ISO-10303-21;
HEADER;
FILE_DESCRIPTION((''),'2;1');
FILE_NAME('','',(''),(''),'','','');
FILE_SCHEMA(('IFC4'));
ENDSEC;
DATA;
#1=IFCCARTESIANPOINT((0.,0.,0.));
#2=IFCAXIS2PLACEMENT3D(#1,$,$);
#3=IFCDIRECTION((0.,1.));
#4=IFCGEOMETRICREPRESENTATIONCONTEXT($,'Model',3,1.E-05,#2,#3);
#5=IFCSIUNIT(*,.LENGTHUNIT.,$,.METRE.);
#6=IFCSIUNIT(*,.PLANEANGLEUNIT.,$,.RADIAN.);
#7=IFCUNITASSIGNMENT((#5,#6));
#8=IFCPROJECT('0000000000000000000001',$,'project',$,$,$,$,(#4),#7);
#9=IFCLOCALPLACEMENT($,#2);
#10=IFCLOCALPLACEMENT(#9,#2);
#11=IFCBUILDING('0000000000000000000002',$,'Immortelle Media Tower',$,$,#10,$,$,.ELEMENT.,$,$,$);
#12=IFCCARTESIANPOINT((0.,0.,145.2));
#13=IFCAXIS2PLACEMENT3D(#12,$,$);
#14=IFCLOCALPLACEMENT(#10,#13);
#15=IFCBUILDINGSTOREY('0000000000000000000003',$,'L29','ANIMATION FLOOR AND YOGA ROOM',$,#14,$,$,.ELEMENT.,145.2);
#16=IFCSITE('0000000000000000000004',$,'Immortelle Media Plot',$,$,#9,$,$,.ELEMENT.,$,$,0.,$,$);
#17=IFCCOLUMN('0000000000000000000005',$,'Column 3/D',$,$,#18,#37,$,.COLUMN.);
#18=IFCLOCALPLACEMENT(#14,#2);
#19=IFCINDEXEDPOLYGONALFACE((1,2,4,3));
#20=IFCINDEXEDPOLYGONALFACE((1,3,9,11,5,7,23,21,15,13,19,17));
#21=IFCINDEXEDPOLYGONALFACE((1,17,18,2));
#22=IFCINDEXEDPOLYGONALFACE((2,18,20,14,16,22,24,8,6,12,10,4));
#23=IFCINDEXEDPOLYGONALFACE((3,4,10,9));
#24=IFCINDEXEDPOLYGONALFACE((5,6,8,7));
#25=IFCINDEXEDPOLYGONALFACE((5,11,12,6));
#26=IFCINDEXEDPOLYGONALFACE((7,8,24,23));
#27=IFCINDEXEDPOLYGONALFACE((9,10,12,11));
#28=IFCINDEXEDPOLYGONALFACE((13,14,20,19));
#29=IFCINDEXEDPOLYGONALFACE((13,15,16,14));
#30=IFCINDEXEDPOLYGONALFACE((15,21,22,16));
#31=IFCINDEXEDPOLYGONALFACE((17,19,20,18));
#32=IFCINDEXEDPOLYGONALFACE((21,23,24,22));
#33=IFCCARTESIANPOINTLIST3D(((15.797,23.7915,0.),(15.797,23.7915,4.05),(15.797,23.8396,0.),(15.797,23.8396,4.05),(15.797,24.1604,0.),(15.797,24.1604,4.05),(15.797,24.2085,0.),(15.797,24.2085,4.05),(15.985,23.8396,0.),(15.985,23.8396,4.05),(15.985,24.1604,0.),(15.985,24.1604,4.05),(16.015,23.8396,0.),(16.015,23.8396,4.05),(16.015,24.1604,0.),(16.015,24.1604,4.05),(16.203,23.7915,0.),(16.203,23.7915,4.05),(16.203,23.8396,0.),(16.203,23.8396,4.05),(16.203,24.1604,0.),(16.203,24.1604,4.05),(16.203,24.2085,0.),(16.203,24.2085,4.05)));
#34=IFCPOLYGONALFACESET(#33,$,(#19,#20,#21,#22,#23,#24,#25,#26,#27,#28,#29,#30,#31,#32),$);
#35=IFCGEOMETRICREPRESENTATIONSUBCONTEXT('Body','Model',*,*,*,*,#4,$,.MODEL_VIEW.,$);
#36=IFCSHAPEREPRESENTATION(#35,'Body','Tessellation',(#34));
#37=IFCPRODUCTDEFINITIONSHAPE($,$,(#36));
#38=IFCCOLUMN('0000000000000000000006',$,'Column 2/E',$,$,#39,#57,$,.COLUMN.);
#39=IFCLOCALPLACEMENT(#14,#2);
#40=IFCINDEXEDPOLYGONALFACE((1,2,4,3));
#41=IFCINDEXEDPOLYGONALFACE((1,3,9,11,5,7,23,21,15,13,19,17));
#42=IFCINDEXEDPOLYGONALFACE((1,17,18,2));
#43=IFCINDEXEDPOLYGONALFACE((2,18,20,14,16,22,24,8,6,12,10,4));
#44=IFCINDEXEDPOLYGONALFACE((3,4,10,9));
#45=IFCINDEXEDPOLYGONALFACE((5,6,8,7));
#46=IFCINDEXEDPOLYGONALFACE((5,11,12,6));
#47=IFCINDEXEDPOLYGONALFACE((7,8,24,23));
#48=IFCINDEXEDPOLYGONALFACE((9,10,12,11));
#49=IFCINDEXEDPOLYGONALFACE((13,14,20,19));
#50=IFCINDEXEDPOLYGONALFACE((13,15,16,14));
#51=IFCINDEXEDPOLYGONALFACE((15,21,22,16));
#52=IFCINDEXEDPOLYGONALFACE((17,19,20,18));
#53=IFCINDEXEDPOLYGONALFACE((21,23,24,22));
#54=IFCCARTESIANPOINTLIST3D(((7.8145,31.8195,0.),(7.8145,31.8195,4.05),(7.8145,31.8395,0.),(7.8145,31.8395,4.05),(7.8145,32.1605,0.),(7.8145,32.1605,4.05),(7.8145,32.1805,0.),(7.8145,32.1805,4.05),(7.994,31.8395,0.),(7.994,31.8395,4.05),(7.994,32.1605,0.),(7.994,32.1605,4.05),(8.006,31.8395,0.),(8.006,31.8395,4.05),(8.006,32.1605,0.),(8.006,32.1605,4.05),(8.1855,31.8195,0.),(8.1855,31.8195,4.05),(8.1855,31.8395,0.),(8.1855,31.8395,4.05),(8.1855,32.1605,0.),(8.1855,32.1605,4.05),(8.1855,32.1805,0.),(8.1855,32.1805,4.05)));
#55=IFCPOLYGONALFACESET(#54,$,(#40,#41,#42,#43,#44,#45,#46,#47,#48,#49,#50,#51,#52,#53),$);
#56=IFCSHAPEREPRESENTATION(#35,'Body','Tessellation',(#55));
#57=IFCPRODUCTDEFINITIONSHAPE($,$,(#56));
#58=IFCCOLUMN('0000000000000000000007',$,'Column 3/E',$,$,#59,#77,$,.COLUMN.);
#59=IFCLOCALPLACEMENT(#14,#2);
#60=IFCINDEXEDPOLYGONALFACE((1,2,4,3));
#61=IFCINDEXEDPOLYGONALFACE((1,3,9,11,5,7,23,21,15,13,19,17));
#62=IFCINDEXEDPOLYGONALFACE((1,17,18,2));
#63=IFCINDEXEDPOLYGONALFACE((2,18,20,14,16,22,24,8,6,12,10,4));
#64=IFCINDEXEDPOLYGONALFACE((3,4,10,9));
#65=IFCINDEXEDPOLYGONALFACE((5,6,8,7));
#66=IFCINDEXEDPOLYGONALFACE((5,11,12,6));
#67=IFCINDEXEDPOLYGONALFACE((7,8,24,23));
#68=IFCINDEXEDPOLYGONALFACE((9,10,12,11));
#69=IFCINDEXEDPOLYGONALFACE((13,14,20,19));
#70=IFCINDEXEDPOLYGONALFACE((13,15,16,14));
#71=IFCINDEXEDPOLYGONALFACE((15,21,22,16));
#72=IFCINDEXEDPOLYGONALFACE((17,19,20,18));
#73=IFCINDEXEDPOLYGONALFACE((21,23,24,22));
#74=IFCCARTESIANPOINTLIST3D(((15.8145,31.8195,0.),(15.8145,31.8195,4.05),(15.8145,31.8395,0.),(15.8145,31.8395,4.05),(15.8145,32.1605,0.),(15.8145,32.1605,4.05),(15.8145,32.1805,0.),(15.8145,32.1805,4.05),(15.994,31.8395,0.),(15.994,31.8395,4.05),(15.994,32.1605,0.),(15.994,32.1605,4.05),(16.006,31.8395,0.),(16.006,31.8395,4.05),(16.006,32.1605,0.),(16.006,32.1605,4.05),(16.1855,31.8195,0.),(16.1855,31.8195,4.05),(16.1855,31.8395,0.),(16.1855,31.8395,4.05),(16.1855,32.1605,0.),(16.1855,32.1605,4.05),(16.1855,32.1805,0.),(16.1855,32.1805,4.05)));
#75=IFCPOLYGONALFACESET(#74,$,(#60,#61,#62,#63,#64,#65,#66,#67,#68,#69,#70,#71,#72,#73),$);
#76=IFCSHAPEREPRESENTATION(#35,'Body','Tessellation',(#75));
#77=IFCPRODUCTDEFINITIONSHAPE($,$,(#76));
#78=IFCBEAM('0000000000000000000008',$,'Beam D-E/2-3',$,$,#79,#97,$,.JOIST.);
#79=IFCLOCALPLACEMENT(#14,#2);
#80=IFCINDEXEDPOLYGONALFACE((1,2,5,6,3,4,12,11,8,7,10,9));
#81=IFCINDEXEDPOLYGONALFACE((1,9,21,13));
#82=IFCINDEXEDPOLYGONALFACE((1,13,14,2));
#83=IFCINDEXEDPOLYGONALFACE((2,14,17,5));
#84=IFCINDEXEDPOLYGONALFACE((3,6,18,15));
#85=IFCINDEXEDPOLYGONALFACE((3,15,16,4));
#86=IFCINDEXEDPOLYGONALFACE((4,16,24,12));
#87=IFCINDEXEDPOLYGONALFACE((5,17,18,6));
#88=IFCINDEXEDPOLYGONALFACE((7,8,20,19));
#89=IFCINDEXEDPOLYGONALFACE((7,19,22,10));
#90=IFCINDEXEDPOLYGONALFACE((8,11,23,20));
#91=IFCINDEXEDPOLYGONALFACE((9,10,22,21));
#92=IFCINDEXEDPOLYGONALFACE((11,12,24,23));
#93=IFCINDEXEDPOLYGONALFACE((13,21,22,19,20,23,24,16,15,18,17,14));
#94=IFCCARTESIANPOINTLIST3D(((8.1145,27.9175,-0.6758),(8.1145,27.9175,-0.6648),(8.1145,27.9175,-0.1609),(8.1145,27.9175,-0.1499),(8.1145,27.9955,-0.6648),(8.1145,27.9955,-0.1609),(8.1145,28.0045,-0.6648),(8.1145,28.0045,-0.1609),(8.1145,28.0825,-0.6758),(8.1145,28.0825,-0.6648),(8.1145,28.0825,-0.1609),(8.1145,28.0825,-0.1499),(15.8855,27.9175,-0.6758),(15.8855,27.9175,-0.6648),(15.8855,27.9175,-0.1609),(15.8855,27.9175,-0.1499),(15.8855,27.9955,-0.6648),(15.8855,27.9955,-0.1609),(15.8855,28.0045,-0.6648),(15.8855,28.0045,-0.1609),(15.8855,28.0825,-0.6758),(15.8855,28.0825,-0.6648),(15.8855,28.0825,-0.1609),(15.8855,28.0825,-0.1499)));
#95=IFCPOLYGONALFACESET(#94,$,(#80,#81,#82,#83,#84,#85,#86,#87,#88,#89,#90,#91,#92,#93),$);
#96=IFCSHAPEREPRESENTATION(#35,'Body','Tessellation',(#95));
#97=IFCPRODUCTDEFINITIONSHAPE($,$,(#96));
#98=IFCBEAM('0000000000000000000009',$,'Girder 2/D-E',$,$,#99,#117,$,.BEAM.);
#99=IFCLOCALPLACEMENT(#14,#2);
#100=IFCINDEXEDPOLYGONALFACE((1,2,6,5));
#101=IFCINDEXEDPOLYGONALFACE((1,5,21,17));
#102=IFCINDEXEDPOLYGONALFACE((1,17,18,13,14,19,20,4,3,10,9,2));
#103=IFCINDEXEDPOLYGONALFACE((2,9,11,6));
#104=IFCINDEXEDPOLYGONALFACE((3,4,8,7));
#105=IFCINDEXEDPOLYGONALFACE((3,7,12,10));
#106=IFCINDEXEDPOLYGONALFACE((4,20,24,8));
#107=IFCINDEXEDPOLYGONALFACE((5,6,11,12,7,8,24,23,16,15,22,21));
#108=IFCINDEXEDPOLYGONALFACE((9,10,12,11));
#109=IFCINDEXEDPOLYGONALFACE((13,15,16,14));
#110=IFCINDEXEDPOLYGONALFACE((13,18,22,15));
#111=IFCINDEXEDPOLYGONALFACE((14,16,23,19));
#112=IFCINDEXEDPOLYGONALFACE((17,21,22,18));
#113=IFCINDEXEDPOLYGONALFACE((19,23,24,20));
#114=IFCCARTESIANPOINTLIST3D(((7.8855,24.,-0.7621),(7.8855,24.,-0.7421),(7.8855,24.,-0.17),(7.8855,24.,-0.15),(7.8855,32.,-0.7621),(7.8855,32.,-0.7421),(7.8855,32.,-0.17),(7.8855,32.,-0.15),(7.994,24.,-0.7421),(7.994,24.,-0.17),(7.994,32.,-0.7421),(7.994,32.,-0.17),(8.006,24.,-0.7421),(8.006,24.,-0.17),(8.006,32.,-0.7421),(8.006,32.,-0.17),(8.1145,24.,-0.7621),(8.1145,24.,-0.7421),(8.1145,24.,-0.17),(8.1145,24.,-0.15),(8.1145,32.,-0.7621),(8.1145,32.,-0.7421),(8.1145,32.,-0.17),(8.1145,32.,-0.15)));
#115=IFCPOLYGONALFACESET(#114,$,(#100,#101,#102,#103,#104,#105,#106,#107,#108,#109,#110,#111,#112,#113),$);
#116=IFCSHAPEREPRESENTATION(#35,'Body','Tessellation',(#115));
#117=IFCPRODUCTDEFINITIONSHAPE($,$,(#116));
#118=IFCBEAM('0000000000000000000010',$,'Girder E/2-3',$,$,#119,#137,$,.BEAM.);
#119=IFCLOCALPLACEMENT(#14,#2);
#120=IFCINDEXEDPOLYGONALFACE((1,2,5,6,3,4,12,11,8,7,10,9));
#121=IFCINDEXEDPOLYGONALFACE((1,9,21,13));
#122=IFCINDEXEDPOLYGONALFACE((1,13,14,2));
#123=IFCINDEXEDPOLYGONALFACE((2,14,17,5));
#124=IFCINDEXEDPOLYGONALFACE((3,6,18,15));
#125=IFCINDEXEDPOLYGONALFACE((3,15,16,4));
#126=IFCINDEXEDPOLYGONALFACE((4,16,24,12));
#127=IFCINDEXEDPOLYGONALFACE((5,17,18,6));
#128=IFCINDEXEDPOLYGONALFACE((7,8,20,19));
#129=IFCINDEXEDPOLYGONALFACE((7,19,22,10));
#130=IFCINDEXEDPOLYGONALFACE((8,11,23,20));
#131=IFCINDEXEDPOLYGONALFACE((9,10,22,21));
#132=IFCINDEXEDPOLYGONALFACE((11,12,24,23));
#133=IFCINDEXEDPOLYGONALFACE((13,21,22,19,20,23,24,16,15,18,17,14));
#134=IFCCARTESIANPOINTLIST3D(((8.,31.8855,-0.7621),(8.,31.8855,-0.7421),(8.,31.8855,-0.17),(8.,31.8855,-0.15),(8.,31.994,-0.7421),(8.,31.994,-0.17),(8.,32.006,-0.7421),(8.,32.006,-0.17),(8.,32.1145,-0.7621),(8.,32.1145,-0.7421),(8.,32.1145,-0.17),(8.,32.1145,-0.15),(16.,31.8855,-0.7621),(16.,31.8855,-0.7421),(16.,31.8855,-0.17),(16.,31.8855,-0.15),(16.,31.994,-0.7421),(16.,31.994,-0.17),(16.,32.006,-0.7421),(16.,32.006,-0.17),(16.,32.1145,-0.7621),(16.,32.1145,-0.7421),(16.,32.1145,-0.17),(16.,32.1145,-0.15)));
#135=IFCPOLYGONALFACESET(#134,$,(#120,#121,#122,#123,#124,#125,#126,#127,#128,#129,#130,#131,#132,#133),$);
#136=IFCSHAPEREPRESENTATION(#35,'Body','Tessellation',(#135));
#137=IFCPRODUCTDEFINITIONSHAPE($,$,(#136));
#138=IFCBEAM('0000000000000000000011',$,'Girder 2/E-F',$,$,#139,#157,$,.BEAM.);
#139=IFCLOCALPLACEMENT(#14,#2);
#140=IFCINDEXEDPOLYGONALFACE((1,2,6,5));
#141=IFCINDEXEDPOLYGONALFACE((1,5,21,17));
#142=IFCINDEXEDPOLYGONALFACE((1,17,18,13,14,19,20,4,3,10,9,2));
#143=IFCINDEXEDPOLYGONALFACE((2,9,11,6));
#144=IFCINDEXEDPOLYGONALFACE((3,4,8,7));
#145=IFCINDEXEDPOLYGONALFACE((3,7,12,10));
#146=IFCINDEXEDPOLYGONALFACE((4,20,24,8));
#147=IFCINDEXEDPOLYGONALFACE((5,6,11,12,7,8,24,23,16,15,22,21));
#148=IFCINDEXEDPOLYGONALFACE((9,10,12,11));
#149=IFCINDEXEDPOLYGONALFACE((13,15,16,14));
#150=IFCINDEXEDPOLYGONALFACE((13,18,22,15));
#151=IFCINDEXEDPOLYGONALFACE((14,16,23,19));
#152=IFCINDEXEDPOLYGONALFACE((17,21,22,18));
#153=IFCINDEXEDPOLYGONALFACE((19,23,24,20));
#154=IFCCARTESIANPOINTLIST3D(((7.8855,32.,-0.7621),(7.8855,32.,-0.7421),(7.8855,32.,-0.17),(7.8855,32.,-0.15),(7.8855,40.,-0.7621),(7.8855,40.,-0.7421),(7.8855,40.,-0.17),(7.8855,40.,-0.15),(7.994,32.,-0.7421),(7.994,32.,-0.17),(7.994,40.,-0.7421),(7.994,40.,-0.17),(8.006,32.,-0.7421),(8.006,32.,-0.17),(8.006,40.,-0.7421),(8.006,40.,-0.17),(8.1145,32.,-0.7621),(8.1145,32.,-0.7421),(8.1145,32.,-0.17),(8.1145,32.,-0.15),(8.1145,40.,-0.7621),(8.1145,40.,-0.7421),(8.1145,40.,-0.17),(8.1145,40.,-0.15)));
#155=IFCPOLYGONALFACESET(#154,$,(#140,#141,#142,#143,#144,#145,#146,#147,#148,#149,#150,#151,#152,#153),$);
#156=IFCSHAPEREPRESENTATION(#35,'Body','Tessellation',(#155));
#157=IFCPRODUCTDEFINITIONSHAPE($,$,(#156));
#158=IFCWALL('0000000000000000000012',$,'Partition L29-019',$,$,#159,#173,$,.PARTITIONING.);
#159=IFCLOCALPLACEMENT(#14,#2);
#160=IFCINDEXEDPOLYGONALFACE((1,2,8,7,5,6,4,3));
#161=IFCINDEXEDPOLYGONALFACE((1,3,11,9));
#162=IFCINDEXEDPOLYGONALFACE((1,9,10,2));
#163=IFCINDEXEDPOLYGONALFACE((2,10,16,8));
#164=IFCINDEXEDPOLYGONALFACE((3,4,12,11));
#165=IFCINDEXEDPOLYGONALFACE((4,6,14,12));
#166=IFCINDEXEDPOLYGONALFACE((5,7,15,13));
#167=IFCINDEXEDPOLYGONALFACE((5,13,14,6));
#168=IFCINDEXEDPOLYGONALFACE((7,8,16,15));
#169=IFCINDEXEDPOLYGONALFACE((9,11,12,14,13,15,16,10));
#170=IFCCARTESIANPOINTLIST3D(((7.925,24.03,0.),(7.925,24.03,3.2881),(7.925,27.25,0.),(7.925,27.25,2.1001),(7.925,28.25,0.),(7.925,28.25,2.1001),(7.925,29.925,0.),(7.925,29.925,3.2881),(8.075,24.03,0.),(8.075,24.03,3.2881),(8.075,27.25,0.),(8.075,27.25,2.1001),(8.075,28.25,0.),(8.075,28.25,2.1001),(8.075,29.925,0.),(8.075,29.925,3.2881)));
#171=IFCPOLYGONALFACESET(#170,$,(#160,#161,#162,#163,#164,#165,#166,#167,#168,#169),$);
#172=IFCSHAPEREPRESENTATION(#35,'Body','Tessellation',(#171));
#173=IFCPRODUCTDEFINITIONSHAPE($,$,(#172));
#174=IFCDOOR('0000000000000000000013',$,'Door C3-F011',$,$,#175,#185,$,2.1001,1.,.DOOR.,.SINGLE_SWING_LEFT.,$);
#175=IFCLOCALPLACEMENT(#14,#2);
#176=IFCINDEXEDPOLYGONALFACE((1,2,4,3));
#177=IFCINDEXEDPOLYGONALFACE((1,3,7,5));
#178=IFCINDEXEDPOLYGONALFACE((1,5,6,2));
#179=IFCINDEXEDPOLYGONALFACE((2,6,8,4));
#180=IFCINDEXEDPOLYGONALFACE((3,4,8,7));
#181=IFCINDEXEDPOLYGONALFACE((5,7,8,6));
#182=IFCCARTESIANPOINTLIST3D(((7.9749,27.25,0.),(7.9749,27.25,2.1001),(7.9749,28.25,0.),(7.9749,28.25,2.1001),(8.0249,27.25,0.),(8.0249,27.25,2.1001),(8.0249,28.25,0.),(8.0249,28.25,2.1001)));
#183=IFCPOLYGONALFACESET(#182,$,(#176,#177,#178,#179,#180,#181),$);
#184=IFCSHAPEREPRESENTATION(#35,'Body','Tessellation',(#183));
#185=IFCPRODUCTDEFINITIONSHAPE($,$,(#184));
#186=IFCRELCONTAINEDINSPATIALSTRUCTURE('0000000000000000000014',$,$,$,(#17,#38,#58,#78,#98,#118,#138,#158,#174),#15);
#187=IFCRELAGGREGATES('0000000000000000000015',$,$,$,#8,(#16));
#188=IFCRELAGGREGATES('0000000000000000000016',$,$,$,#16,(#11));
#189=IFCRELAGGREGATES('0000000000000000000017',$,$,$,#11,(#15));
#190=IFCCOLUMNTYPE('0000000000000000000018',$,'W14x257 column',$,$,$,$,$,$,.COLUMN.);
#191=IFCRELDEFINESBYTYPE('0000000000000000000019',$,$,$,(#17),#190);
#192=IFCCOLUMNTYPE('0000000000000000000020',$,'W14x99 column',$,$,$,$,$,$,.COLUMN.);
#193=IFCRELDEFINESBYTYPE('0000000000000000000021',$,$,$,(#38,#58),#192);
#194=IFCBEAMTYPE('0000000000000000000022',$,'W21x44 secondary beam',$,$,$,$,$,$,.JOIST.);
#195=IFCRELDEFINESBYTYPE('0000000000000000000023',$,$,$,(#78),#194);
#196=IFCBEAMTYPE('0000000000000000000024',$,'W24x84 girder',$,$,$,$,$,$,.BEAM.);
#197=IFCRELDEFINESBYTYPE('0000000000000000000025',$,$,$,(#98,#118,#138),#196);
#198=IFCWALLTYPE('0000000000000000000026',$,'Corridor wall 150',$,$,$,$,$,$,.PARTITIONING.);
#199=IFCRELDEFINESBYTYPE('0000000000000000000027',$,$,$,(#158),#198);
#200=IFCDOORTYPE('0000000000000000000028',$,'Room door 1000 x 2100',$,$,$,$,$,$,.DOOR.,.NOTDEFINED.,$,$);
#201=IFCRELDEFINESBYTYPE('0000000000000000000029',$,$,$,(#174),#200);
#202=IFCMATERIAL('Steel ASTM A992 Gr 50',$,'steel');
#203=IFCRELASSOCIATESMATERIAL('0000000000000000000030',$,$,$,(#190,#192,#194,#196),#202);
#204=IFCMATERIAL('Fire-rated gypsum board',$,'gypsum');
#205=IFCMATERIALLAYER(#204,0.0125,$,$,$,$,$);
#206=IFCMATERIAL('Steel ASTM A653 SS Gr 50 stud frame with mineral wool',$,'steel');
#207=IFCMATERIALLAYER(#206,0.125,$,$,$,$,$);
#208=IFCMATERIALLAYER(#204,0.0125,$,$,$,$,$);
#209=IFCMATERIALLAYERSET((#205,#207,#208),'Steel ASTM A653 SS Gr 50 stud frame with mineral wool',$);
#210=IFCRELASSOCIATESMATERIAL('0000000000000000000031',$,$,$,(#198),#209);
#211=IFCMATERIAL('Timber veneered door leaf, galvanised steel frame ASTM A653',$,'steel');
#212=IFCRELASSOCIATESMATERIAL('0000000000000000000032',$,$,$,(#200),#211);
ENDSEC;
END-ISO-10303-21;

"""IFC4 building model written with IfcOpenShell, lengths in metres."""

from ifc_helpers import new_model, si_unit, direction, frame, frame_2d, origin, origin_2d, place, context, subcontext, project, spatial, rectangle, i_section, extrude, material, layer, layer_set, material_profile, profile_set, type_object, element, fill, save


model = new_model("IFC4")

# Units and contexts
model_context = context("Model", 3, precision=1e-05, world=origin(), true_north=direction((0.0, 1.0)))
body_context = subcontext(model_context, "Body", "Model", "MODEL_VIEW")
ifc_project = project(units=[si_unit("LENGTHUNIT", "METRE"), si_unit("PLANEANGLEUNIT", "RADIAN")], contexts=[model_context])

# Site, building, storey
site_placement = place(None, origin())
site = spatial("IfcSite", under=ifc_project, at=site_placement, Name="Immortelle Media Plot", CompositionType="ELEMENT", RefElevation=0.0)
building_placement = place(site_placement, origin())
building = spatial("IfcBuilding", under=site, at=building_placement, Name="Immortelle Media Tower", CompositionType="ELEMENT")
storey_placement = place(building_placement, frame((0.0, 0.0, 145.2)))
storey = spatial("IfcBuildingStorey", under=building, at=storey_placement, Name="L29", Description="ANIMATION FLOOR AND YOGA ROOM", CompositionType="ELEMENT", Elevation=145.2)

# Columns
ifc_material_1 = material(Name="Steel ASTM A992 Gr 50", Category="steel")
ifc_material_profile_1 = material_profile(ifc_material_1, i_section(OverallWidth=0.406, OverallDepth=0.417, WebThickness=0.03, FlangeThickness=0.0481, at=origin_2d()), Name="W14x257")
ifc_profile_set_1 = profile_set([ifc_material_profile_1], Name="Steel ASTM A992 Gr 50")
column_type_1 = type_object("IfcColumnType", Name="W14x257 column", PredefinedType="COLUMN", material=ifc_profile_set_1)
column_placement = place(storey_placement, frame((16.0, 24.0, 0.0), z_axis=(0.0, 0.0, 1.0), x_axis=(1.0, 0.0, 0.0)))
element("IfcColumn", 1, at=column_placement, inside=storey, type_object=column_type_1, Name="Column 3/D", PredefinedType="COLUMN", context=body_context, shape_type="SweptSolid", body=[
    extrude(i_section(OverallWidth=0.406, OverallDepth=0.417, WebThickness=0.03, FlangeThickness=0.0481, at=origin_2d()), origin(), (0.0, 0.0, 1.0), 4.05),
])
ifc_material_profile_2 = material_profile(ifc_material_1, i_section(OverallWidth=0.3711, OverallDepth=0.3611, WebThickness=0.012, FlangeThickness=0.02, at=origin_2d()), Name="W14x99")
ifc_profile_set_2 = profile_set([ifc_material_profile_2], Name="Steel ASTM A992 Gr 50")
column_type_2 = type_object("IfcColumnType", Name="W14x99 column", PredefinedType="COLUMN", material=ifc_profile_set_2)
for number, where, z_axis, x_axis, name in (
    (2, (8.0, 32.0, 0.0), (0.0, 0.0, 1.0), (1.0, 0.0, 0.0), "Column 2/E"),
    (3, (16.0, 32.0, 0.0), (0.0, 0.0, 1.0), (1.0, 0.0, 0.0), "Column 3/E"),
):
    element("IfcColumn", number, at=place(storey_placement, frame(where, z_axis=z_axis, x_axis=x_axis)), inside=storey, type_object=column_type_2, Name=name, PredefinedType="COLUMN", context=body_context, shape_type="SweptSolid", body=[
        extrude(i_section(OverallWidth=0.3711, OverallDepth=0.3611, WebThickness=0.012, FlangeThickness=0.02, at=origin_2d()), origin(), (0.0, 0.0, 1.0), 4.05),
    ])

# Beams
ifc_material_profile_3 = material_profile(ifc_material_1, i_section(OverallWidth=0.165, OverallDepth=0.5259, WebThickness=0.009, FlangeThickness=0.011, at=origin_2d()), Name="W21x44")
ifc_profile_set_3 = profile_set([ifc_material_profile_3], Name="Steel ASTM A992 Gr 50")
beam_type_1 = type_object("IfcBeamType", Name="W21x44 secondary beam", PredefinedType="JOIST", material=ifc_profile_set_3)
beam_placement = place(storey_placement, frame((8.1145, 28.0, -0.4128), z_axis=(1.0, 0.0, 0.0), x_axis=(0.0, 1.0, 0.0)))
element("IfcBeam", 4, at=beam_placement, inside=storey, type_object=beam_type_1, Name="Beam D-E/2-3", PredefinedType="JOIST", context=body_context, shape_type="SweptSolid", body=[
    extrude(i_section(OverallWidth=0.165, OverallDepth=0.5259, WebThickness=0.009, FlangeThickness=0.011, at=origin_2d()), origin(), (0.0, 0.0, 1.0), 7.771),
])
ifc_material_profile_4 = material_profile(ifc_material_1, i_section(OverallWidth=0.229, OverallDepth=0.6121, WebThickness=0.012, FlangeThickness=0.02, at=origin_2d()), Name="W24x84")
ifc_profile_set_4 = profile_set([ifc_material_profile_4], Name="Steel ASTM A992 Gr 50")
beam_type_2 = type_object("IfcBeamType", Name="W24x84 girder", PredefinedType="BEAM", material=ifc_profile_set_4)
for number, where, z_axis, x_axis, name in (
    (5, (8.0, 24.0, -0.4561), (0.0, 1.0, 0.0), (-1.0, 0.0, 0.0), "Girder 2/D-E"),
    (6, (8.0, 32.0, -0.4561), (1.0, 0.0, 0.0), (0.0, 1.0, 0.0), "Girder E/2-3"),
    (7, (8.0, 32.0, -0.4561), (0.0, 1.0, 0.0), (-1.0, 0.0, 0.0), "Girder 2/E-F"),
):
    element("IfcBeam", number, at=place(storey_placement, frame(where, z_axis=z_axis, x_axis=x_axis)), inside=storey, type_object=beam_type_2, Name=name, PredefinedType="BEAM", context=body_context, shape_type="SweptSolid", body=[
        extrude(i_section(OverallWidth=0.229, OverallDepth=0.6121, WebThickness=0.012, FlangeThickness=0.02, at=origin_2d()), origin(), (0.0, 0.0, 1.0), 8.0),
    ])

# Wall, opening, door
ifc_material_2 = material(Name="Fire-rated gypsum board", Category="gypsum")
ifc_layer_1 = layer(ifc_material_2, 0.0125)
ifc_material_3 = material(Name="Steel ASTM A653 SS Gr 50 stud frame with mineral wool", Category="steel")
ifc_layer_2 = layer(ifc_material_3, 0.125)
ifc_layer_3 = layer(ifc_material_2, 0.0125)
ifc_layer_set_1 = layer_set([ifc_layer_1, ifc_layer_2, ifc_layer_3], Name="Steel ASTM A653 SS Gr 50 stud frame with mineral wool")
wall_type_1 = type_object("IfcWallType", Name="Corridor wall 150", PredefinedType="PARTITIONING", material=ifc_layer_set_1)
wall_1_placement = place(storey_placement, frame((8.0, 24.03, 0.0), z_axis=(0.0, 0.0, 1.0), x_axis=(0.0, 1.0, 0.0)))
wall_1 = element("IfcWall", 8, at=wall_1_placement, inside=storey, type_object=wall_type_1, Name="Partition L29-019", PredefinedType="PARTITIONING", context=body_context, shape_type="SweptSolid", body=[
    extrude(rectangle(XDim=5.895, YDim=0.1499, at=frame_2d((2.9475, 0.0))), origin(), (0.0, 0.0, 1.0), 3.2881),
])
opening_1_placement = place(wall_1_placement, frame((4.22, 0.0, 0.0), z_axis=(0.0, 0.0, 1.0), x_axis=(-1.0, 0.0, 0.0)))
opening_1 = element("IfcOpeningElement", 9, at=opening_1_placement, cuts=wall_1, PredefinedType="OPENING", context=body_context, shape_type="SweptSolid", body=[
    extrude(rectangle(XDim=1.0, YDim=2.1001, at=frame_2d((0.5, 1.05))), frame((0.0, 0.085, 0.0), z_axis=(0.0, -1.0, 0.0), x_axis=(1.0, 0.0, 0.0)), (0.0, 0.0, 1.0), 0.1699),
])
ifc_material_4 = material(Name="Timber veneered door leaf, galvanised steel frame ASTM A653", Category="steel")
door_type = type_object("IfcDoorType", Name="Room door 1000 x 2100", OperationType="NOTDEFINED", PredefinedType="DOOR", material=ifc_material_4)
door_1_placement = place(opening_1_placement, origin())
door_1 = element("IfcDoor", 10, at=door_1_placement, inside=storey, type_object=door_type, Name="Door C3-F011", OperationType="SINGLE_SWING_LEFT", OverallHeight=2.1001, OverallWidth=1.0, PredefinedType="DOOR", context=body_context, shape_type="SweptSolid", body=[
    extrude(rectangle(XDim=1.0, YDim=2.1001, at=frame_2d((0.5, 1.05))), frame((0.0, 0.0249, 0.0), z_axis=(0.0, -1.0, 0.0), x_axis=(1.0, 0.0, 0.0)), (0.0, 0.0, 1.0), 0.05),
])
fill(opening_1, door_1)

save(model, "model.ifc")
